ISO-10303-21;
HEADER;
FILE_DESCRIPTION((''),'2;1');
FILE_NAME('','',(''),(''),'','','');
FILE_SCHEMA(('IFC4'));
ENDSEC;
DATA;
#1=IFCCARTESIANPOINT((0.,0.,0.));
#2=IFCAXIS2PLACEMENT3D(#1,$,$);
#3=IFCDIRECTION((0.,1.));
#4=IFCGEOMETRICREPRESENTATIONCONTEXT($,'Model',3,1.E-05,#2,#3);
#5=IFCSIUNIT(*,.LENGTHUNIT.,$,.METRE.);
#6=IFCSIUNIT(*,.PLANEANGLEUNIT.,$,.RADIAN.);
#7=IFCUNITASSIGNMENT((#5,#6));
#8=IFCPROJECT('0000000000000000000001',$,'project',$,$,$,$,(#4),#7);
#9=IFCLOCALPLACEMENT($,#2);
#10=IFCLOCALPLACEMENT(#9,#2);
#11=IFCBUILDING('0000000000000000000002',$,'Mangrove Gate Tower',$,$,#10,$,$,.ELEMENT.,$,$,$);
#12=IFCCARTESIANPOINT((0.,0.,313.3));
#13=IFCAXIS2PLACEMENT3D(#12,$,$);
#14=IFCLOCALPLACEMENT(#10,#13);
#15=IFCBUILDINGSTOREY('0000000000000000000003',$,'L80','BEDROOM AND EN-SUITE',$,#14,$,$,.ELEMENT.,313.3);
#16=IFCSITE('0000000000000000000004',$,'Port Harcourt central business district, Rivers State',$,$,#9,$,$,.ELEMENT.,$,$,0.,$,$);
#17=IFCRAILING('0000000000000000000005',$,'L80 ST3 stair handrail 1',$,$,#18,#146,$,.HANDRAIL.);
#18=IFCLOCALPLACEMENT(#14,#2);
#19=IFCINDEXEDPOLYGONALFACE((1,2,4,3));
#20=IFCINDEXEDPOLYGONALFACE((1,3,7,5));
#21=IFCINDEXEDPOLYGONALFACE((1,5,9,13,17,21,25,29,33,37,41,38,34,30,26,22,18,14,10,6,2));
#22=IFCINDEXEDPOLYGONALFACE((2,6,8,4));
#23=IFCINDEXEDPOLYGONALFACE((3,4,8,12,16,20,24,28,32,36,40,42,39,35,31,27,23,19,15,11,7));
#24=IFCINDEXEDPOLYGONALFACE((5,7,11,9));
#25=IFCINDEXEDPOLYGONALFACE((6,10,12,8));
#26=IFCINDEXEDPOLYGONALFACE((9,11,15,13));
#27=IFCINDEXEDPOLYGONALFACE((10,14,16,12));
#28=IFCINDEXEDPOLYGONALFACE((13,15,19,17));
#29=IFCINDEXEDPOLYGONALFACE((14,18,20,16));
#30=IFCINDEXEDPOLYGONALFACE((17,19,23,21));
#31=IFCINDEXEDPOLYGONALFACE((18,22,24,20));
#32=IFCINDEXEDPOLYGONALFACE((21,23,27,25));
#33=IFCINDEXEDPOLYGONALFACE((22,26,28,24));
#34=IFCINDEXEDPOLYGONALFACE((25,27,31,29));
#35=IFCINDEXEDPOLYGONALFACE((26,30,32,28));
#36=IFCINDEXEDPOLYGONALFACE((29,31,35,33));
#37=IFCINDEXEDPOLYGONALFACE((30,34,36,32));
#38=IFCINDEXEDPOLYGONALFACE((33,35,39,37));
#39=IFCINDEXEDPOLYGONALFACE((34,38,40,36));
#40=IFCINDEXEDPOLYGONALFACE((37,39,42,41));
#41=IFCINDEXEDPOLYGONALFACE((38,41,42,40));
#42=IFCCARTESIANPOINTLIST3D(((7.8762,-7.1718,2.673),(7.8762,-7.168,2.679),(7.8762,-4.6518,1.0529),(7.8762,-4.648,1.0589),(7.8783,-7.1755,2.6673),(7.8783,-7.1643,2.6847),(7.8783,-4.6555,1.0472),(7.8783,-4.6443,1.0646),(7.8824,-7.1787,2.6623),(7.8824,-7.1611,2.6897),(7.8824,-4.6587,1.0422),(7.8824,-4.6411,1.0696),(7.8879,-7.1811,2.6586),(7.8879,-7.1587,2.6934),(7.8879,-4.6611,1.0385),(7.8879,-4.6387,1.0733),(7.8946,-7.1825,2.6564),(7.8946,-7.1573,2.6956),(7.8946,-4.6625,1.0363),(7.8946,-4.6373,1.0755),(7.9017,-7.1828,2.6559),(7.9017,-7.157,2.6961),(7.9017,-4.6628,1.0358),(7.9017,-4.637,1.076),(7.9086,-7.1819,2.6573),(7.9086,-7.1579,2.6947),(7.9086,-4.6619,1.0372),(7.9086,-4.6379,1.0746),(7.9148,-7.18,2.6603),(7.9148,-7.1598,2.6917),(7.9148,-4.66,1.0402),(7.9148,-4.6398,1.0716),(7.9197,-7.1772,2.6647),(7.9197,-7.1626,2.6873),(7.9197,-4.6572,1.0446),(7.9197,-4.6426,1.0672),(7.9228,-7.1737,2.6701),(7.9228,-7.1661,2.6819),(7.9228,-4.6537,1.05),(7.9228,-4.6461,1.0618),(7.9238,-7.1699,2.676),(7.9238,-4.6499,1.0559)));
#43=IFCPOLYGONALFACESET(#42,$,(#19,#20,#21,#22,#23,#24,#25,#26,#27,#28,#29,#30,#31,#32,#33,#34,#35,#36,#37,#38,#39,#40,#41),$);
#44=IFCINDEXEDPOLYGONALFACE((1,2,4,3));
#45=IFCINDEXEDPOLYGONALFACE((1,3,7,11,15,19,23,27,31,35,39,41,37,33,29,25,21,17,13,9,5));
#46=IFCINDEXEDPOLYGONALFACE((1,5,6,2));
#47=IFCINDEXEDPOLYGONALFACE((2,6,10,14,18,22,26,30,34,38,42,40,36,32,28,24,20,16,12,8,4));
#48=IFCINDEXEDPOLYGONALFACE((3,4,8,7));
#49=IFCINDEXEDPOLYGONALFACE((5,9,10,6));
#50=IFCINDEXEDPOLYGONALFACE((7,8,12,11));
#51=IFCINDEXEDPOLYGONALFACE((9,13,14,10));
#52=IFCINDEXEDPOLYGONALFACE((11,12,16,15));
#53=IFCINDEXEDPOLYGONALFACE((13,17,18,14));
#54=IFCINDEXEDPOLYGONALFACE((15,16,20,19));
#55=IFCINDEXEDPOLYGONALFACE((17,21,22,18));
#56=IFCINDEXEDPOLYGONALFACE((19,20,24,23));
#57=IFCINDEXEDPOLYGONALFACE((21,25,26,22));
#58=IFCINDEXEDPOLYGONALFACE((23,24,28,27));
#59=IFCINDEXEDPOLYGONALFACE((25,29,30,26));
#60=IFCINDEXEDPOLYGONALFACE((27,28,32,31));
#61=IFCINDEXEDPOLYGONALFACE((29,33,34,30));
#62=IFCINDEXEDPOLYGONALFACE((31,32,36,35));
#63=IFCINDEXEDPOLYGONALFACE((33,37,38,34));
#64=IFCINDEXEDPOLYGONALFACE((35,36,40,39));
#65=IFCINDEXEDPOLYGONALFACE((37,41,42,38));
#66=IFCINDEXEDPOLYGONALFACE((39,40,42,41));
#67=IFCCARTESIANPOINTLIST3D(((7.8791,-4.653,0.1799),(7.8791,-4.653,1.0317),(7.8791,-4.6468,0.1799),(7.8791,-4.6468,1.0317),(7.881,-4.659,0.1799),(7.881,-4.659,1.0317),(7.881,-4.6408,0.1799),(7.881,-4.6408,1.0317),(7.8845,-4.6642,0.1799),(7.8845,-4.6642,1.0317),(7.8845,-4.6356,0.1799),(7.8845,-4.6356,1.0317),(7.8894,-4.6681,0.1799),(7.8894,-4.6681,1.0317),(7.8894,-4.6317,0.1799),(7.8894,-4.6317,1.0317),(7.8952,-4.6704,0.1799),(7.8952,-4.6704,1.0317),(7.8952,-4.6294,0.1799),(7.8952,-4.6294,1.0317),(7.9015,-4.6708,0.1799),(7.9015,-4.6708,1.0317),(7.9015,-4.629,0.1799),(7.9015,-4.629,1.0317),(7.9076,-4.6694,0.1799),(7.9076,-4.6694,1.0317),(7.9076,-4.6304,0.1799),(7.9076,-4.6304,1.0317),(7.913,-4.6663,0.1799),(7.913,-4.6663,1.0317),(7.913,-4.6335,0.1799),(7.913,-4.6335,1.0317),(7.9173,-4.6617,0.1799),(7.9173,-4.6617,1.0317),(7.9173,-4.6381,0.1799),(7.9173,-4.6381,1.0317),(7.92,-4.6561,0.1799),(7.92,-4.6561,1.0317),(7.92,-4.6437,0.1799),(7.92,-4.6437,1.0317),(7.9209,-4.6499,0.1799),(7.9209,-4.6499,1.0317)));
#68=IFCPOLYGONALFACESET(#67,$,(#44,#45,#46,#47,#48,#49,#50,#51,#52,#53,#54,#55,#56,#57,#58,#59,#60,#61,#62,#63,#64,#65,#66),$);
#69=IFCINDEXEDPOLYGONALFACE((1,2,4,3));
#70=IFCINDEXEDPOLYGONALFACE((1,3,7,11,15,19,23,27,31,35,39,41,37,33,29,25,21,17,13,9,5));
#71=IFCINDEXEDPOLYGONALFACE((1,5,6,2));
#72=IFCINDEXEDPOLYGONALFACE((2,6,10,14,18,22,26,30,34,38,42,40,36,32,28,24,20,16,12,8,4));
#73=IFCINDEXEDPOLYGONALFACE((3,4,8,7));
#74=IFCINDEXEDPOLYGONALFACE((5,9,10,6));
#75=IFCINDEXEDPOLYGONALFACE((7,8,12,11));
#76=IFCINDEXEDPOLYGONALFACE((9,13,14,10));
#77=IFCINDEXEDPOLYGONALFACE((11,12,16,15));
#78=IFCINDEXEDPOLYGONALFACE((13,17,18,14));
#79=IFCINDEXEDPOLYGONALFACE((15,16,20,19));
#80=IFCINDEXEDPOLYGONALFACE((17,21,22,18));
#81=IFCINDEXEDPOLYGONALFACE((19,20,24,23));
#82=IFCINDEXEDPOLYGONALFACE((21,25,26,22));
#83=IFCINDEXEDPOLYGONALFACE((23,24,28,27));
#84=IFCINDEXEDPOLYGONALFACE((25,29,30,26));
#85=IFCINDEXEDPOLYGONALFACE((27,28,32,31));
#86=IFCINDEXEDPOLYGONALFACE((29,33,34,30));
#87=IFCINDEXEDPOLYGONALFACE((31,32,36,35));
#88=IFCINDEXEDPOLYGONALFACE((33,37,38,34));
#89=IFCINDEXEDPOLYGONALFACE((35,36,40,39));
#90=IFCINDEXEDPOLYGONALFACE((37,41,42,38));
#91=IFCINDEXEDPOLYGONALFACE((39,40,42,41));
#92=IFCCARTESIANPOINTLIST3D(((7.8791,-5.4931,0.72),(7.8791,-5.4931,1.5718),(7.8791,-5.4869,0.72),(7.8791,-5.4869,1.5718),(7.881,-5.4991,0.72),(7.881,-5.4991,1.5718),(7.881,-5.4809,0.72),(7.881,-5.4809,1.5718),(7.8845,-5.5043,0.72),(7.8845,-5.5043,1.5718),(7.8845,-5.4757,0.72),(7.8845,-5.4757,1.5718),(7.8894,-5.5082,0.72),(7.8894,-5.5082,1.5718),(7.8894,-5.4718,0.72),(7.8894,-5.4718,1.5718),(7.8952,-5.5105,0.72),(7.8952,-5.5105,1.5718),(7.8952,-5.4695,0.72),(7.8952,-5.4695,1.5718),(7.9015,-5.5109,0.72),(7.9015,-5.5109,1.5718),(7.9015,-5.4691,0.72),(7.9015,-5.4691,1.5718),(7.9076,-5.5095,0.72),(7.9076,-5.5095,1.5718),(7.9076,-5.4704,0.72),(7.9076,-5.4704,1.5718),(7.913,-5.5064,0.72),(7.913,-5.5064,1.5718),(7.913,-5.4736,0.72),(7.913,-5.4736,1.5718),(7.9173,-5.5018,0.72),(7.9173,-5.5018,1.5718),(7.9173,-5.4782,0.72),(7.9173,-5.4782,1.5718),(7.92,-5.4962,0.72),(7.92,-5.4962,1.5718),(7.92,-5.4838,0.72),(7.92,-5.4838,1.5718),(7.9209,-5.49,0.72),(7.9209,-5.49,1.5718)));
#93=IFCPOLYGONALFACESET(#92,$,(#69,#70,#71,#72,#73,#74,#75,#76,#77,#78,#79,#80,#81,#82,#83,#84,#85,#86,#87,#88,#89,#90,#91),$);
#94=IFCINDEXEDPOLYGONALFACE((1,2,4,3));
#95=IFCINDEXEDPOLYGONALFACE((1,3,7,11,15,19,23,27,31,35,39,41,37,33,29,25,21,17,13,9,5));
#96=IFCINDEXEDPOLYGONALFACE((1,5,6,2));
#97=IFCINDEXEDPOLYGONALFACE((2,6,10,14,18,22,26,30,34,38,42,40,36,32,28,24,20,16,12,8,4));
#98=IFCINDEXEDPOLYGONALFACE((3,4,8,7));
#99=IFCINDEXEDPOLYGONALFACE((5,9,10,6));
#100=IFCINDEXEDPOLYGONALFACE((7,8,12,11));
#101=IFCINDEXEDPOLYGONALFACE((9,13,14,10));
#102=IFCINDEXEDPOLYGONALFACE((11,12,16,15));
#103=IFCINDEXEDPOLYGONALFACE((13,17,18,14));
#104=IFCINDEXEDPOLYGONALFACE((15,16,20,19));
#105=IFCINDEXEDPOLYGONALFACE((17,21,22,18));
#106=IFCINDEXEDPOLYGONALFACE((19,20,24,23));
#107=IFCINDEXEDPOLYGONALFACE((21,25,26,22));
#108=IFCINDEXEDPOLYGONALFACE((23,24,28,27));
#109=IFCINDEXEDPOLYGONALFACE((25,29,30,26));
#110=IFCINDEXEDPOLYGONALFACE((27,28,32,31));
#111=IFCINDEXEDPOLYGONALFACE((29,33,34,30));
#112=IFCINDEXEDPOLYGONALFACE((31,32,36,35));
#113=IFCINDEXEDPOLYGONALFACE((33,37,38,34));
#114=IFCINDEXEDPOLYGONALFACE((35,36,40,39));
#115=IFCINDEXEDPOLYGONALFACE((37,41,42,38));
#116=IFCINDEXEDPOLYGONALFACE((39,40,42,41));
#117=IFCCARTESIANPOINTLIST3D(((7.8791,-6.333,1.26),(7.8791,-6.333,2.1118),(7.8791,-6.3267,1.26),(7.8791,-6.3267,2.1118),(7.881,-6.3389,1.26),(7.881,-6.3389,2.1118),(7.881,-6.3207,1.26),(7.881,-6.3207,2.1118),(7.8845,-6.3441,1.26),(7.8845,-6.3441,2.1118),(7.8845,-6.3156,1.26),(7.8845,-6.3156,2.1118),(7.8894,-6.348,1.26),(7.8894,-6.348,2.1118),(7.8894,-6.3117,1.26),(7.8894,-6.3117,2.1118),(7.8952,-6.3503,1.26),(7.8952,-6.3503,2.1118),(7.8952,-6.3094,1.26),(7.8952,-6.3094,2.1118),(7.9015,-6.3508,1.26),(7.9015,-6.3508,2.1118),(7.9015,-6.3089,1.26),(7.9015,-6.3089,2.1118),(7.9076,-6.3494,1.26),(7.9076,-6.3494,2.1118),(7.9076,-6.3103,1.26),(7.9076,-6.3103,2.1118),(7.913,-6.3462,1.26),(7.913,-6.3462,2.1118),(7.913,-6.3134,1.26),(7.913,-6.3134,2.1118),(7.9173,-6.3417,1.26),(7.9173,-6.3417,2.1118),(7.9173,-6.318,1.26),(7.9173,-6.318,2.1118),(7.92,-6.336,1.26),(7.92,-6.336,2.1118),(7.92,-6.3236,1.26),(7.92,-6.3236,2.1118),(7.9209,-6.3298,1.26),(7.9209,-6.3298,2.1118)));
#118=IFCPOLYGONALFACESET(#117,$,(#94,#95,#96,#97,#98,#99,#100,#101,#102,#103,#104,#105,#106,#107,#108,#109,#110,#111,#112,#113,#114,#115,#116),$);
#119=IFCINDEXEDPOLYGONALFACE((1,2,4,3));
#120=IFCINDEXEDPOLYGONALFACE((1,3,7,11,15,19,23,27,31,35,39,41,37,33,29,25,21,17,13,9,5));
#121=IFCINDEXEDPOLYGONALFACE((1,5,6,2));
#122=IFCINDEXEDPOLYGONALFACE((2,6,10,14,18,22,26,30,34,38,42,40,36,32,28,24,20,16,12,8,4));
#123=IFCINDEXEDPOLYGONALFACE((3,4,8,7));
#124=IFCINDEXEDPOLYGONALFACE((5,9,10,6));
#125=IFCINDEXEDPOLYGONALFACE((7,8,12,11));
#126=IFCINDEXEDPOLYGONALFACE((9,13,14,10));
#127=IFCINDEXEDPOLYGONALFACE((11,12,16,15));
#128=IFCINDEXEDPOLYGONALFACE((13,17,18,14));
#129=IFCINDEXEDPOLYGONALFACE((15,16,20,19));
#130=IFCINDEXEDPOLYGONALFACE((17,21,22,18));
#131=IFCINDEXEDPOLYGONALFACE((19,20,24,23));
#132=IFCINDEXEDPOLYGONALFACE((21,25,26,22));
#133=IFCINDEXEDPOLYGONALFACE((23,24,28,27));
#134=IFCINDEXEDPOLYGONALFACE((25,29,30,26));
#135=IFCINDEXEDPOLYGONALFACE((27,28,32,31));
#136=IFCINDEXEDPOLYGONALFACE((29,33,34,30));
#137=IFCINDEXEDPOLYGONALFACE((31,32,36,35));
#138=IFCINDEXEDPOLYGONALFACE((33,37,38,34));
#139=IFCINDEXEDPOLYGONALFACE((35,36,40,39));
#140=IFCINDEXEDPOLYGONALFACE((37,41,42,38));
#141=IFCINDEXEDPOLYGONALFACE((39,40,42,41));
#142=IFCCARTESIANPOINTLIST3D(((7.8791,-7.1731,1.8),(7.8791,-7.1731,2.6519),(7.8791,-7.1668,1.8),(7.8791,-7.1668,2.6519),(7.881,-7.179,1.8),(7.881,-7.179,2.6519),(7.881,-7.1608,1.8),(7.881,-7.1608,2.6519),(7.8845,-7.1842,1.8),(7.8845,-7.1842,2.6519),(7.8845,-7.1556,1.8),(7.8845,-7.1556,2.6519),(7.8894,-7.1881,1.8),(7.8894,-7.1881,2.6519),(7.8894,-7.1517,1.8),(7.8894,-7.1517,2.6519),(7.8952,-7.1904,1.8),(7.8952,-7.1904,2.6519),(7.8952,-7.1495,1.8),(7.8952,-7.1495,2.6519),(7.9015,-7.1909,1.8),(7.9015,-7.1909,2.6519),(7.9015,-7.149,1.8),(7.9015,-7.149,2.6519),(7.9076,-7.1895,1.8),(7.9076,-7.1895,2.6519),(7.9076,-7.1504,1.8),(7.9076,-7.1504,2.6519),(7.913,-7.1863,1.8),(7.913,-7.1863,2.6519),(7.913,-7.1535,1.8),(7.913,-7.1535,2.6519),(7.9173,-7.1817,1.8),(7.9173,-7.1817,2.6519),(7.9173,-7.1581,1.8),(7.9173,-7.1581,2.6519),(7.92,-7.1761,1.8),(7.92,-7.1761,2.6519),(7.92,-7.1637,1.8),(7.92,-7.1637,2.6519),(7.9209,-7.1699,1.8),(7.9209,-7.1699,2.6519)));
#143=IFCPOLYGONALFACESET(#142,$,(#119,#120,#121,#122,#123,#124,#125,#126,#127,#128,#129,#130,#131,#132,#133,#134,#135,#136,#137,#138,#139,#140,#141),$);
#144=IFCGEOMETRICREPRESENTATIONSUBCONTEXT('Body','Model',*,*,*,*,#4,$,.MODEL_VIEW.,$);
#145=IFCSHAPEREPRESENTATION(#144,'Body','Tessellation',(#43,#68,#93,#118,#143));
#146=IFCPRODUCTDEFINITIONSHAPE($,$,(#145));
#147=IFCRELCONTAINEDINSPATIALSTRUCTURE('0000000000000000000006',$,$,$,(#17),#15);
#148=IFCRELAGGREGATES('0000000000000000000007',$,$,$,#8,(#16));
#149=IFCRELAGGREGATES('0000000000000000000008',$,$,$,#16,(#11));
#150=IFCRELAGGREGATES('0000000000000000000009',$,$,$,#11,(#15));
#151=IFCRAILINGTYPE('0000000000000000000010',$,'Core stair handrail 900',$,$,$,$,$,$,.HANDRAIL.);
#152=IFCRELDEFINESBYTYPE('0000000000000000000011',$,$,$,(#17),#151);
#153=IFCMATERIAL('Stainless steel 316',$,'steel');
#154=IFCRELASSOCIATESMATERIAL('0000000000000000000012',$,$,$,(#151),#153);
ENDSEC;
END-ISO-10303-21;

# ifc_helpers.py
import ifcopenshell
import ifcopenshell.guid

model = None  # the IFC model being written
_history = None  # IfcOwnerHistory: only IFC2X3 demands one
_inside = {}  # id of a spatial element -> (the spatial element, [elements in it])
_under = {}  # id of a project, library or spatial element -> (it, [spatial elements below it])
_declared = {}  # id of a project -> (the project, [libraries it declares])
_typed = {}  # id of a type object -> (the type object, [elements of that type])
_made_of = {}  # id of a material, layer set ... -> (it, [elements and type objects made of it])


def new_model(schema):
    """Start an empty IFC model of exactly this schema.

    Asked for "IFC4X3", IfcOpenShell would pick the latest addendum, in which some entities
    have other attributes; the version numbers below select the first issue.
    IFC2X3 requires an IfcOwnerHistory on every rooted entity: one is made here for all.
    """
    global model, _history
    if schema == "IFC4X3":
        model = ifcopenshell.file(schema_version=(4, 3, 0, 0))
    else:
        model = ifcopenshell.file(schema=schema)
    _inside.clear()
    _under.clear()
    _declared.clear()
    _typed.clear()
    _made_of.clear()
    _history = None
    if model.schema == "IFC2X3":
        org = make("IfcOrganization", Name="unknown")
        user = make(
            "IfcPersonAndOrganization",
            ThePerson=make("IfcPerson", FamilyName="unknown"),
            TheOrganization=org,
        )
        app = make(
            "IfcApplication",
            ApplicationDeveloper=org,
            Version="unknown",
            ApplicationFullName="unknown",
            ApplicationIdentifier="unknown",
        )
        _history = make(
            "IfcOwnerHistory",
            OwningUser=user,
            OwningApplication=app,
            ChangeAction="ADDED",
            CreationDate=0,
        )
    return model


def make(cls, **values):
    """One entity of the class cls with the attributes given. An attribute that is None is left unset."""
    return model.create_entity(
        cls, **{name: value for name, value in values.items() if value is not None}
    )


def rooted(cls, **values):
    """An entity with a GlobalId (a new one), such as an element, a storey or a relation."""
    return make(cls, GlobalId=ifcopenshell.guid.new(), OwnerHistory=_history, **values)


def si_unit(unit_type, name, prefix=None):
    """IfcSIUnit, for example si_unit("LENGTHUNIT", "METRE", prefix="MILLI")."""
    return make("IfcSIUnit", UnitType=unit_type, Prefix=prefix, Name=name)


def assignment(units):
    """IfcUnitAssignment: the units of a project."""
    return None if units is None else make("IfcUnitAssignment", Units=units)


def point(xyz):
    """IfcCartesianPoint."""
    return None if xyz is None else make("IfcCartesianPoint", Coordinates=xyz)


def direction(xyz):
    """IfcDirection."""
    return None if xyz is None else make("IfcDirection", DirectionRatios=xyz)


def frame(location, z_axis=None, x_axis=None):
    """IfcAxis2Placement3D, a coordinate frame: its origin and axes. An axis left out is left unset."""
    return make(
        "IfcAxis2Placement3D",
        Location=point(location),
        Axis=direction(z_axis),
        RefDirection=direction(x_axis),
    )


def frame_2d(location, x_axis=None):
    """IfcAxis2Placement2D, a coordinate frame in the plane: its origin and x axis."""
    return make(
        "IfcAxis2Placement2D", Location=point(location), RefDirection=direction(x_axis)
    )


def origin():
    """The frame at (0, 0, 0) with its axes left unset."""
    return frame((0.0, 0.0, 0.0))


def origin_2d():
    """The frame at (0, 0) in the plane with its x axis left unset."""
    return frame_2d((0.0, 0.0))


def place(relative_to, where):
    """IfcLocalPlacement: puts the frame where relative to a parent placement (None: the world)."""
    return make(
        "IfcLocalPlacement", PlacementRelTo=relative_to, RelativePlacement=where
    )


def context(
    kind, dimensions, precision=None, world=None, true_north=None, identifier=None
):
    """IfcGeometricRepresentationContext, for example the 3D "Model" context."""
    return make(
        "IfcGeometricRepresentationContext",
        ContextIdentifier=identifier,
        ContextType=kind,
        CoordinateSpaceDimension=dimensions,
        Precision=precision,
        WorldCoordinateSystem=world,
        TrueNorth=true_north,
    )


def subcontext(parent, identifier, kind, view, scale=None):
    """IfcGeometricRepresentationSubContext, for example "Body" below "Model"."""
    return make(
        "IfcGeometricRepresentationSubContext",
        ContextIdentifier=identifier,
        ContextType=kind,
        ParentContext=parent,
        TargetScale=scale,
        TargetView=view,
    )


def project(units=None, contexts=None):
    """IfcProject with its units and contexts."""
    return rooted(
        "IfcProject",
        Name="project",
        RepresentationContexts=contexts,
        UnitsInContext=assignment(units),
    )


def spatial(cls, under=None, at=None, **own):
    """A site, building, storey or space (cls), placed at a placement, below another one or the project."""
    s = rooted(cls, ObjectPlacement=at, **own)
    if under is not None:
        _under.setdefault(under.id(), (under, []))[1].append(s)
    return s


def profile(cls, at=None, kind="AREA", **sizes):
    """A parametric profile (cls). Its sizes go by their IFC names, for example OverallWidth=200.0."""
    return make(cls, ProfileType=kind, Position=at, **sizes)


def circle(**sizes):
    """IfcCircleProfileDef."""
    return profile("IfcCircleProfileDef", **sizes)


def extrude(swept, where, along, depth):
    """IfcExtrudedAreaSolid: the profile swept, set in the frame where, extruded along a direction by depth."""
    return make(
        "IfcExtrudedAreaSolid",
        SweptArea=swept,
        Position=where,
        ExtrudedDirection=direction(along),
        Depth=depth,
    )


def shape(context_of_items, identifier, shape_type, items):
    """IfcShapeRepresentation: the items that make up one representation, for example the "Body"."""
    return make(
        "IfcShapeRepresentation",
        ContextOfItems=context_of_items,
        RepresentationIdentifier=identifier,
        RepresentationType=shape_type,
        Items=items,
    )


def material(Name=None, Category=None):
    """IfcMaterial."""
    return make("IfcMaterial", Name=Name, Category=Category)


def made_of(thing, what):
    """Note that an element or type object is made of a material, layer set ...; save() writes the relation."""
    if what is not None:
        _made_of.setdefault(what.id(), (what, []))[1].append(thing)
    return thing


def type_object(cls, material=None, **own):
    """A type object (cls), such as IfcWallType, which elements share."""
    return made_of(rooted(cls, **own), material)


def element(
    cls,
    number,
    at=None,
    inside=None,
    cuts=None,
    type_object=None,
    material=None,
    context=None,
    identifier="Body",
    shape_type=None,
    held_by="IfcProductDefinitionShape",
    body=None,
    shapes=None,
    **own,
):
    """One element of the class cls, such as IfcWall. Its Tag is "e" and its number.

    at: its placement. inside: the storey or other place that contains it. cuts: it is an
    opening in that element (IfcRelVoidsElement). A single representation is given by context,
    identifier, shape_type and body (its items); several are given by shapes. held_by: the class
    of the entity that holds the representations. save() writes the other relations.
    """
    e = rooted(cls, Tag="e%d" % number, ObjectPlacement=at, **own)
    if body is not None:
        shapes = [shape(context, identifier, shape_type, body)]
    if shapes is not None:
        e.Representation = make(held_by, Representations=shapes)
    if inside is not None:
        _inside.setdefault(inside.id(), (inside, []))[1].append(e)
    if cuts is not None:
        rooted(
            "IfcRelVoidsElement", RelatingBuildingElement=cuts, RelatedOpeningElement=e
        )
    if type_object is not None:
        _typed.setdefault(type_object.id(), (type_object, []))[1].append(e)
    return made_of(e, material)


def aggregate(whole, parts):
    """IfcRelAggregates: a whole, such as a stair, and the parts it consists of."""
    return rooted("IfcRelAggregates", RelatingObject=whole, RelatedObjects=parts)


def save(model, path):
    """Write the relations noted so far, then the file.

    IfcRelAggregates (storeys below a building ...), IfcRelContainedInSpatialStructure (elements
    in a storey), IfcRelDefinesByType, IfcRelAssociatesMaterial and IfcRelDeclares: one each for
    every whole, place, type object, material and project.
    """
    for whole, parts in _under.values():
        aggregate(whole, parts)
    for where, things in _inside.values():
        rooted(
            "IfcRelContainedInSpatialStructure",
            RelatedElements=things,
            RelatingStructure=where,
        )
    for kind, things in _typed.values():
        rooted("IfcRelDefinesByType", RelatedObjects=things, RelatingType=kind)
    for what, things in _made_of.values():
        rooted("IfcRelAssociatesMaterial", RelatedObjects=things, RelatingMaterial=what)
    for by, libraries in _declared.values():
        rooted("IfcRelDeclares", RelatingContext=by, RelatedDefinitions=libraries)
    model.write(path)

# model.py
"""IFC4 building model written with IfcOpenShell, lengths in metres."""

from ifc_helpers import new_model, si_unit, direction, frame, origin, origin_2d, place, context, subcontext, project, spatial, circle, extrude, material, type_object, element, save


model = new_model("IFC4")

# Units and contexts
model_context = context("Model", 3, precision=1e-05, world=origin(), true_north=direction((0.0, 1.0)))
body_context = subcontext(model_context, "Body", "Model", "MODEL_VIEW")
ifc_project = project(units=[si_unit("LENGTHUNIT", "METRE"), si_unit("PLANEANGLEUNIT", "RADIAN")], contexts=[model_context])

# Site, building, storey
site_placement = place(None, origin())
site = spatial("IfcSite", under=ifc_project, at=site_placement, Name="Port Harcourt central business district, Rivers State", CompositionType="ELEMENT", RefElevation=0.0)
building_placement = place(site_placement, origin())
building = spatial("IfcBuilding", under=site, at=building_placement, Name="Mangrove Gate Tower", CompositionType="ELEMENT")
storey_placement = place(building_placement, frame((0.0, 0.0, 313.3)))
storey = spatial("IfcBuildingStorey", under=building, at=storey_placement, Name="L80", Description="BEDROOM AND EN-SUITE", CompositionType="ELEMENT", Elevation=313.3)

# Railing
ifc_material_1 = material(Name="Stainless steel 316", Category="steel")
railing_type_1 = type_object("IfcRailingType", Name="Core stair handrail 900", PredefinedType="HANDRAIL", material=ifc_material_1)
railing_1_placement = place(storey_placement, frame((7.8999, -4.6499, 0.1799)))
element("IfcRailing", 1, at=railing_1_placement, inside=storey, type_object=railing_type_1, Name="L80 ST3 stair handrail 1", PredefinedType="HANDRAIL", context=body_context, shape_type="SweptSolid", body=[
    extrude(circle(Radius=0.0239, at=origin_2d()), frame((0.0, 0.0, 0.876), z_axis=(0.0, -0.841163, 0.540782), x_axis=(1.0, 0.0, 0.0)), (0.0, 0.0, 1.0), 2.9958),
    extrude(circle(Radius=0.021, at=origin_2d()), origin(), (0.0, 0.0, 1.0), 0.8518),
    extrude(circle(Radius=0.021, at=origin_2d()), frame((0.0, -0.8401, 0.54)), (0.0, 0.0, 1.0), 0.8518),
    extrude(circle(Radius=0.021, at=origin_2d()), frame((0.0, -1.6799, 1.0801)), (0.0, 0.0, 1.0), 0.8518),
    extrude(circle(Radius=0.021, at=origin_2d()), frame((0.0, -2.52, 1.6201)), (0.0, 0.0, 1.0), 0.8518),
])

save(model, "model.ifc")
